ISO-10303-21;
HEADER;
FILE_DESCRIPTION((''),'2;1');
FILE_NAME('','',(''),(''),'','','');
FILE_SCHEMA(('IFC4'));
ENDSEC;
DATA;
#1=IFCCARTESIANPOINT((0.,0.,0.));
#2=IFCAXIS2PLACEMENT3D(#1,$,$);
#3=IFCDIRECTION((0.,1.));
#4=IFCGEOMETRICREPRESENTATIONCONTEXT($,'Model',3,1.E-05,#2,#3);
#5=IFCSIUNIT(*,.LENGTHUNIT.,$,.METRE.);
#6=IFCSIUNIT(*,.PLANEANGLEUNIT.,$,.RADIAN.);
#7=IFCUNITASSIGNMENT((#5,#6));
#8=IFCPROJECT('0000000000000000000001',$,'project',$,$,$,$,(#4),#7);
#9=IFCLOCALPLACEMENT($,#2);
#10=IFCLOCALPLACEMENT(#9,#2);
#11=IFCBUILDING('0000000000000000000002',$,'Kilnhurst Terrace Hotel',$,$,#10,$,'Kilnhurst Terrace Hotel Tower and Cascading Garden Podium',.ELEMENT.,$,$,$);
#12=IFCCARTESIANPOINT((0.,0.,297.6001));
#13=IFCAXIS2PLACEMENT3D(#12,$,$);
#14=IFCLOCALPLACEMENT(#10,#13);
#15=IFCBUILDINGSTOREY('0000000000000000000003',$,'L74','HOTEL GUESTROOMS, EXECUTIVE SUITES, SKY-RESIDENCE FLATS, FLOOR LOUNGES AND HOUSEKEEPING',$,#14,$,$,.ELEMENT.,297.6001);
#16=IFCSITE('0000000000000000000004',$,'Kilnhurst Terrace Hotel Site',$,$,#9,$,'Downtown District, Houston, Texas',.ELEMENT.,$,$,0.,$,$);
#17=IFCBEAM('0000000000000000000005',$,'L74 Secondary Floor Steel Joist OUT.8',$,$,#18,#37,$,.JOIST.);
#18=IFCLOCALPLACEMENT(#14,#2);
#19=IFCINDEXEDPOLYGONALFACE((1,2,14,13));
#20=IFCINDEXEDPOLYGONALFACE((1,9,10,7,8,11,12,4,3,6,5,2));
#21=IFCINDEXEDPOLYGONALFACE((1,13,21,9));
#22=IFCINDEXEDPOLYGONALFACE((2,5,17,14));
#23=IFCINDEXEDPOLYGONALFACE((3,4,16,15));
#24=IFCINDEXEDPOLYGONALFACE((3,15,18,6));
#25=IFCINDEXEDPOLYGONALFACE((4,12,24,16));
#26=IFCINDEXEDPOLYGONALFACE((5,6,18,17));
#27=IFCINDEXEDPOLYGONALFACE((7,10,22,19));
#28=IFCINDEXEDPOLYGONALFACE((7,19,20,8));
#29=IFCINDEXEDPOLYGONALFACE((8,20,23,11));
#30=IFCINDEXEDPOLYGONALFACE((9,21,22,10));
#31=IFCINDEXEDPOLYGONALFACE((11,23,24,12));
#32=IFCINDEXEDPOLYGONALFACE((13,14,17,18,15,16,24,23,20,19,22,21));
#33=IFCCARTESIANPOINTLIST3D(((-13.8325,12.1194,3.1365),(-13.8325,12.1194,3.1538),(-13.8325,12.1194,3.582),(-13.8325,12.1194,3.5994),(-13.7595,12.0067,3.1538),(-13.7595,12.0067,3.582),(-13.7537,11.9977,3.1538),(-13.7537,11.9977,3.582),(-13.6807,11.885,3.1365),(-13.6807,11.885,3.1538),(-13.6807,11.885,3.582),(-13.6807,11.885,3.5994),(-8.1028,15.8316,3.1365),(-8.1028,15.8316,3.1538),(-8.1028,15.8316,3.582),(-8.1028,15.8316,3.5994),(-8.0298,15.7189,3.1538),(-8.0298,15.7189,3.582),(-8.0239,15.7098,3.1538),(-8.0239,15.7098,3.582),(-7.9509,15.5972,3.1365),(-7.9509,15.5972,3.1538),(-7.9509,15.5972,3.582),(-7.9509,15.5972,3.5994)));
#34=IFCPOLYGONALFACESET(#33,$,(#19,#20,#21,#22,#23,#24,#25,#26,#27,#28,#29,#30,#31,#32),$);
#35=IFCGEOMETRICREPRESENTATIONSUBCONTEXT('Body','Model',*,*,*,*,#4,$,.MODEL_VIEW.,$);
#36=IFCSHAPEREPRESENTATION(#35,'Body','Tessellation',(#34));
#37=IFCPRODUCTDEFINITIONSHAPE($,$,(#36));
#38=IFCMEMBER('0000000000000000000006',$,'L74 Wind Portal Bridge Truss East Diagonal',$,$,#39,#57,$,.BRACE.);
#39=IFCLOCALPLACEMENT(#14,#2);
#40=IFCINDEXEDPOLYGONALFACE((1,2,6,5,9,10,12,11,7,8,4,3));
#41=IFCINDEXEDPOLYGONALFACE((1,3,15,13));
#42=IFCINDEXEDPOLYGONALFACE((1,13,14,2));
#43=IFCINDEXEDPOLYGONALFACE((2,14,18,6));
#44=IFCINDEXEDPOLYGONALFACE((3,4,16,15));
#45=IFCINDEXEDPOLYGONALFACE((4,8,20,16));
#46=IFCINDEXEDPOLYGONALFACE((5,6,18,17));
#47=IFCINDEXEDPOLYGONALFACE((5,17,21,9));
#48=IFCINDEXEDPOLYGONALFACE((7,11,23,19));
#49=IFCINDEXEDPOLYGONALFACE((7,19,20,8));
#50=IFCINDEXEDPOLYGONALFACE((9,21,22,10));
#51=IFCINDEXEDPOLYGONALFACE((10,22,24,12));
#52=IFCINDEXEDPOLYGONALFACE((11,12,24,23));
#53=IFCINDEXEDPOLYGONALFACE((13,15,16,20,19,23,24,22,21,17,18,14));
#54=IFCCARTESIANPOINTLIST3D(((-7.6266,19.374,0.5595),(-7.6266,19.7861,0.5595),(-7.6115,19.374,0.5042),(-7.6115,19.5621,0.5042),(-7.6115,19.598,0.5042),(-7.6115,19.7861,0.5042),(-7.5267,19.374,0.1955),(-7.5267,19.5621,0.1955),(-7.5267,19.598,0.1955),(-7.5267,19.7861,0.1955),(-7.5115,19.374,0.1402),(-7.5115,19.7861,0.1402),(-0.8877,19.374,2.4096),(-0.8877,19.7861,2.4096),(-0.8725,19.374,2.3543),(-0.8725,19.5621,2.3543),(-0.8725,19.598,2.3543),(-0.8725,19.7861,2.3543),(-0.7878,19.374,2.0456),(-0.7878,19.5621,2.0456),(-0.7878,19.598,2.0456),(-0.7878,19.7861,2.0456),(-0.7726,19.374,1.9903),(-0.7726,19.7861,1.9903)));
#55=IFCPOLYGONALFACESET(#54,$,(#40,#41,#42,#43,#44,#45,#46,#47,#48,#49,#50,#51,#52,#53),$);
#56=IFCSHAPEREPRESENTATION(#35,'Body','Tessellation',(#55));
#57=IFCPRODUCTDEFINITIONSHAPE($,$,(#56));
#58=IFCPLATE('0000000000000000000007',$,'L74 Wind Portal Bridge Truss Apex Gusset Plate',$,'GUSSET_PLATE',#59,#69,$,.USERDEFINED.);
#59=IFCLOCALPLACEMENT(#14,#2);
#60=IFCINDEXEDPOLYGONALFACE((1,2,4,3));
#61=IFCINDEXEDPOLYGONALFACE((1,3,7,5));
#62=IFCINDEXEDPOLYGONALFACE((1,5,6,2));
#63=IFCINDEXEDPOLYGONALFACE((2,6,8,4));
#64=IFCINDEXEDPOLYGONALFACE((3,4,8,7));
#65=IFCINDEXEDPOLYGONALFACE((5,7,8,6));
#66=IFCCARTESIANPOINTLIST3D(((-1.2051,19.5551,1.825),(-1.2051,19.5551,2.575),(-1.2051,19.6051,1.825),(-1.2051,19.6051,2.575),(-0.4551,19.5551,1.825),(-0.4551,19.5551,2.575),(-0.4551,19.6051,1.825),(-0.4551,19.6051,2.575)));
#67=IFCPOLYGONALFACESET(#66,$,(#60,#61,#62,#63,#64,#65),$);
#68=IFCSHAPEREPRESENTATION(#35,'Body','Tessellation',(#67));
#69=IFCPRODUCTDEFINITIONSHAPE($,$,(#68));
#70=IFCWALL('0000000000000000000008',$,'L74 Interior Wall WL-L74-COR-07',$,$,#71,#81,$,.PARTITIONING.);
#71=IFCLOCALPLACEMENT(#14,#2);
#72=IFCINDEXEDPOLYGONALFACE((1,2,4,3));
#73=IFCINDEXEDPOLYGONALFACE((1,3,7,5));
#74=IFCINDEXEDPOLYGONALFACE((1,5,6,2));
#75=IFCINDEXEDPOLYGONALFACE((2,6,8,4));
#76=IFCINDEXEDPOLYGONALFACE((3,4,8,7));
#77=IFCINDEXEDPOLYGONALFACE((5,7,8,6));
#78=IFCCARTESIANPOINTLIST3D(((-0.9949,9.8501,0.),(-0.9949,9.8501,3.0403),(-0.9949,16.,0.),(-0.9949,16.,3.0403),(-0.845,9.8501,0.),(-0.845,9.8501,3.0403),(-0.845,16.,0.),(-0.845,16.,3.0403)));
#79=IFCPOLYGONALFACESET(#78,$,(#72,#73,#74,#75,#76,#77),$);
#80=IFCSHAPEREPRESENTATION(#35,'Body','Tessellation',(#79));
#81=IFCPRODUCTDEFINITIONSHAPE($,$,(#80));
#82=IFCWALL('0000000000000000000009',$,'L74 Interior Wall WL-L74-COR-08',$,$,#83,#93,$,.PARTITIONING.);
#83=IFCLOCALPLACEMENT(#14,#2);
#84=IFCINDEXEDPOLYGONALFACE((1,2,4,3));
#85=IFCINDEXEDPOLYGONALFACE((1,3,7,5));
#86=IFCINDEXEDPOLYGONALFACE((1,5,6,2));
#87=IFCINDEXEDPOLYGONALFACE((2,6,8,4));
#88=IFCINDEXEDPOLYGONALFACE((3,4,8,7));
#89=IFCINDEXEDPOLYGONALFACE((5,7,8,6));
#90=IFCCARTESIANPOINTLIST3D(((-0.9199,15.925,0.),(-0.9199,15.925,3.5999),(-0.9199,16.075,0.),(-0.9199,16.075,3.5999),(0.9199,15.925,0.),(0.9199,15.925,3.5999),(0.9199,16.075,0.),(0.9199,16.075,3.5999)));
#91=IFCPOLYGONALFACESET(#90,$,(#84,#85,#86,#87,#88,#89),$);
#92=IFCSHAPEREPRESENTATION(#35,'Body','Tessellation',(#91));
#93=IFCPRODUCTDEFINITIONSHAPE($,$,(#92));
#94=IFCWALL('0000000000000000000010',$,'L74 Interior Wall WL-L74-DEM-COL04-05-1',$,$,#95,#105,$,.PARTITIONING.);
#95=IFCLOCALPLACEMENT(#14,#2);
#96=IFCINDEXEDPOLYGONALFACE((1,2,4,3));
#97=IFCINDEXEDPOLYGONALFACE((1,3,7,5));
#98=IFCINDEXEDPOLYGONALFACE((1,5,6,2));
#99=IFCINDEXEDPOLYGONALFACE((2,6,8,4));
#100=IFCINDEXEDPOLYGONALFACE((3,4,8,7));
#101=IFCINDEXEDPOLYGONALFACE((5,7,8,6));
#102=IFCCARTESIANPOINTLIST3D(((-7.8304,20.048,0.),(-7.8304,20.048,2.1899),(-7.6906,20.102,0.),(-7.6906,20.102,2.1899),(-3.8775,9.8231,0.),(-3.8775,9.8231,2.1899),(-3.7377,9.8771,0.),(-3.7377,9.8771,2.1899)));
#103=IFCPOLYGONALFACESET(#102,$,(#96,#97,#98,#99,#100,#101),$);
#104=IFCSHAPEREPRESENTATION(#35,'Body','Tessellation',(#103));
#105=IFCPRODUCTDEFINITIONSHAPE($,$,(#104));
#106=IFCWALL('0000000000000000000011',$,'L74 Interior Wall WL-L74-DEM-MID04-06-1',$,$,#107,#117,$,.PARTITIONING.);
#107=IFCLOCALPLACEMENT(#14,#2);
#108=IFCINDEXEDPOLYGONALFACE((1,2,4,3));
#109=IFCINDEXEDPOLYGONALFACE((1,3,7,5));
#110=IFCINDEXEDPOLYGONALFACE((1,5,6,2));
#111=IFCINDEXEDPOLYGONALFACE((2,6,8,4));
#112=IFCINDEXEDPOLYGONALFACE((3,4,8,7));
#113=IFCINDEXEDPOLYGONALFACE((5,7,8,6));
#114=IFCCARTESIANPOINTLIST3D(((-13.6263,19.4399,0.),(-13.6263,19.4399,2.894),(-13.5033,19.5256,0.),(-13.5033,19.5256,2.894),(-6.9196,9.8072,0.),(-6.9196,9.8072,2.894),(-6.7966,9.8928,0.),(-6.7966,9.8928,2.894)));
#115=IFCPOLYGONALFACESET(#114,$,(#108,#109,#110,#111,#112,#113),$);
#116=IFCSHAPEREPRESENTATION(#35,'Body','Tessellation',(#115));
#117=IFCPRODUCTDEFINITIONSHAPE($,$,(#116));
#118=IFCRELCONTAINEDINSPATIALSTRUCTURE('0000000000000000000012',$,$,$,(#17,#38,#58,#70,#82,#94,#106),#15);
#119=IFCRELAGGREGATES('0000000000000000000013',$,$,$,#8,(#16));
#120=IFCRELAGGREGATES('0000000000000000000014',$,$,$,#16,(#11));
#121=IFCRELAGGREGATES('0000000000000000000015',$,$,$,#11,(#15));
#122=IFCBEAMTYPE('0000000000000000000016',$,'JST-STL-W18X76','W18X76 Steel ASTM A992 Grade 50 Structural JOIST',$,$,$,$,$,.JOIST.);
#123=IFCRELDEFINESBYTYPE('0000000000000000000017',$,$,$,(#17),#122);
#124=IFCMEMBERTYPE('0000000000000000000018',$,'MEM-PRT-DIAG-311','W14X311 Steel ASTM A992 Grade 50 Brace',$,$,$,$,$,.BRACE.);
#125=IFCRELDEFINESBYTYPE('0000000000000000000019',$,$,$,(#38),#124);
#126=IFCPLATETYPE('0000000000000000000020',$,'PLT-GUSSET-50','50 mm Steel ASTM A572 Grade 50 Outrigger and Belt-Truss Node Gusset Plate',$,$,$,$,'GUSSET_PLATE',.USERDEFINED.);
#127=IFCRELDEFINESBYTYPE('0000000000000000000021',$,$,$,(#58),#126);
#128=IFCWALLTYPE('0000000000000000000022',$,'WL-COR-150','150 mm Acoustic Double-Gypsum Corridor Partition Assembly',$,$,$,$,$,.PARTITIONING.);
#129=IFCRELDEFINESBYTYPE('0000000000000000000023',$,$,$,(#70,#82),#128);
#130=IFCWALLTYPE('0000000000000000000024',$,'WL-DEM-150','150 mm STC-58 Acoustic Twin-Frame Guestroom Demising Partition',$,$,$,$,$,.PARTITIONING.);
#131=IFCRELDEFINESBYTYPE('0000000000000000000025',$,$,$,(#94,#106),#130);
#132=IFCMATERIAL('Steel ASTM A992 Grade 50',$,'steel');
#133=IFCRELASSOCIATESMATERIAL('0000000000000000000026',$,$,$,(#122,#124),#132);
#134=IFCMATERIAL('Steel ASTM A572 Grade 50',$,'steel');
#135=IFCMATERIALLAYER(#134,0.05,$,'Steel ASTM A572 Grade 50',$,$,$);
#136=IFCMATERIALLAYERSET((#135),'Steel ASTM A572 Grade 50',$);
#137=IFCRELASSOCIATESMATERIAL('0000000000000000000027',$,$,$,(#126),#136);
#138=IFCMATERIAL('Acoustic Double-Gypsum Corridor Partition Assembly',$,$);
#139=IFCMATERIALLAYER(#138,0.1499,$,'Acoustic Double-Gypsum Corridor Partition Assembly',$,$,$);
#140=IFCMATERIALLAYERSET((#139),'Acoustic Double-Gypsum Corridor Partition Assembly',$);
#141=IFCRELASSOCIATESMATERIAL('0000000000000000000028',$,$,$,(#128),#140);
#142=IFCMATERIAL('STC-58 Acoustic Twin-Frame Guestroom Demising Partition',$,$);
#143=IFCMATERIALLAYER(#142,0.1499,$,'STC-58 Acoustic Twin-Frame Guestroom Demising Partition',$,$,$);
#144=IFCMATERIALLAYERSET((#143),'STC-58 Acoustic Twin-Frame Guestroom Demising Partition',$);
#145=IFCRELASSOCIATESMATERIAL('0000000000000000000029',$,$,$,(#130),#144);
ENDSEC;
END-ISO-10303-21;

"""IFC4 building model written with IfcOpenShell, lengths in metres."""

from ifc_helpers import new_model, si_unit, direction, frame, frame_2d, origin, origin_2d, place, context, subcontext, project, spatial, rectangle, i_section, extrude, material, layer, layer_set, material_profile, profile_set, type_object, element, save


model = new_model("IFC4")

# Units and contexts
model_context = context("Model", 3, precision=1e-05, world=origin(), true_north=direction((0.0, 1.0)))
body_context = subcontext(model_context, "Body", "Model", "MODEL_VIEW")
ifc_project = project(units=[si_unit("LENGTHUNIT", "METRE"), si_unit("PLANEANGLEUNIT", "RADIAN")], contexts=[model_context])

# Site, building, storey
site_placement = place(None, origin())
site = spatial("IfcSite", under=ifc_project, at=site_placement, Name="Kilnhurst Terrace Hotel Site", LongName="Downtown District, Houston, Texas", CompositionType="ELEMENT", RefElevation=0.0)
building_placement = place(site_placement, origin())
building = spatial("IfcBuilding", under=site, at=building_placement, Name="Kilnhurst Terrace Hotel", LongName="Kilnhurst Terrace Hotel Tower and Cascading Garden Podium", CompositionType="ELEMENT")
storey_placement = place(building_placement, frame((0.0, 0.0, 297.6001)))
storey = spatial("IfcBuildingStorey", under=building, at=storey_placement, Name="L74", Description="HOTEL GUESTROOMS, EXECUTIVE SUITES, SKY-RESIDENCE FLATS, FLOOR LOUNGES AND HOUSEKEEPING", CompositionType="ELEMENT", Elevation=297.6001)

# Beam
ifc_material_1 = material(Name="Steel ASTM A992 Grade 50", Category="steel")
ifc_material_profile_1 = material_profile(ifc_material_1, i_section(OverallWidth=0.2793, OverallDepth=0.4629, WebThickness=0.0107, FlangeThickness=0.0173, at=origin_2d()), Name="W18X76")
ifc_profile_set_1 = profile_set([ifc_material_profile_1], Name="Steel ASTM A992 Grade 50")
beam_type_1 = type_object("IfcBeamType", Name="JST-STL-W18X76", Description="W18X76 Steel ASTM A992 Grade 50 Structural JOIST", PredefinedType="JOIST", material=ifc_profile_set_1)
beam_1_placement = place(storey_placement, frame((-8.0269, 15.7144, 3.3679), z_axis=(-0.839257, -0.543735, 0.0), x_axis=(0.543735, -0.839257, 0.0)))
element("IfcBeam", 1, at=beam_1_placement, inside=storey, type_object=beam_type_1, Name="L74 Secondary Floor Steel Joist OUT.8", PredefinedType="JOIST", context=body_context, shape_type="SweptSolid", body=[
    extrude(i_section(OverallWidth=0.2793, OverallDepth=0.4629, WebThickness=0.0107, FlangeThickness=0.0173, at=origin_2d()), origin(), (0.0, 0.0, 1.0), 6.8271),
])

# Member
ifc_material_profile_2 = material_profile(ifc_material_1, i_section(OverallWidth=0.4121, OverallDepth=0.4348, WebThickness=0.0359, FlangeThickness=0.0574, at=origin_2d()), Name="W14X311")
ifc_profile_set_2 = profile_set([ifc_material_profile_2], Name="Steel ASTM A992 Grade 50")
member_type = type_object("IfcMemberType", Name="MEM-PRT-DIAG-311", Description="W14X311 Steel ASTM A992 Grade 50 Brace", PredefinedType="BRACE", material=ifc_profile_set_2)
member_placement = place(storey_placement, frame((-7.5691, 19.5801, 0.3499), z_axis=(0.96432, 0.0, 0.26474), x_axis=(0.0, 1.0, 0.0)))
element("IfcMember", 2, at=member_placement, inside=storey, type_object=member_type, Name="L74 Wind Portal Bridge Truss East Diagonal", PredefinedType="BRACE", context=body_context, shape_type="SweptSolid", body=[
    extrude(i_section(OverallWidth=0.4121, OverallDepth=0.4348, WebThickness=0.0359, FlangeThickness=0.0574, at=origin_2d()), origin(), (0.0, 0.0, 1.0), 6.9883),
])

# Plate
ifc_material_2 = material(Name="Steel ASTM A572 Grade 50", Category="steel")
ifc_layer_1 = layer(ifc_material_2, 0.05, Name="Steel ASTM A572 Grade 50")
ifc_layer_set_1 = layer_set([ifc_layer_1], Name="Steel ASTM A572 Grade 50")
plate_type = type_object("IfcPlateType", Name="PLT-GUSSET-50", Description="50 mm Steel ASTM A572 Grade 50 Outrigger and Belt-Truss Node Gusset Plate", ElementType="GUSSET_PLATE", PredefinedType="USERDEFINED", material=ifc_layer_set_1)
plate_placement = place(storey_placement, frame((-0.8301, 19.5801, 1.825), z_axis=(0.0, 0.0, 1.0), x_axis=(1.0, 0.0, 0.0)))
element("IfcPlate", 3, at=plate_placement, inside=storey, type_object=plate_type, Name="L74 Wind Portal Bridge Truss Apex Gusset Plate", ObjectType="GUSSET_PLATE", PredefinedType="USERDEFINED", context=body_context, shape_type="SweptSolid", body=[
    extrude(rectangle(XDim=0.75, YDim=0.05, at=origin_2d()), origin(), (0.0, 0.0, 1.0), 0.75),
])

# Walls
ifc_material_3 = material(Name="Acoustic Double-Gypsum Corridor Partition Assembly")
ifc_layer_2 = layer(ifc_material_3, 0.1499, Name="Acoustic Double-Gypsum Corridor Partition Assembly")
ifc_layer_set_2 = layer_set([ifc_layer_2], Name="Acoustic Double-Gypsum Corridor Partition Assembly")
wall_type_1 = type_object("IfcWallType", Name="WL-COR-150", Description="150 mm Acoustic Double-Gypsum Corridor Partition Assembly", PredefinedType="PARTITIONING", material=ifc_layer_set_2)
wall_1_placement = place(storey_placement, frame((-0.9199, 9.8501, 0.0), z_axis=(0.0, 0.0, 1.0), x_axis=(0.0, 1.0, 0.0)))
element("IfcWall", 4, at=wall_1_placement, inside=storey, type_object=wall_type_1, Name="L74 Interior Wall WL-L74-COR-07", PredefinedType="PARTITIONING", context=body_context, shape_type="SweptSolid", body=[
    extrude(rectangle(XDim=6.1499, YDim=0.1499, at=frame_2d((3.075, 0.0))), origin(), (0.0, 0.0, 1.0), 3.0403),
])
wall_2_placement = place(storey_placement, frame((-0.9199, 16.0, 0.0), z_axis=(0.0, 0.0, 1.0), x_axis=(1.0, 0.0, 0.0)))
element("IfcWall", 5, at=wall_2_placement, inside=storey, type_object=wall_type_1, Name="L74 Interior Wall WL-L74-COR-08", PredefinedType="PARTITIONING", context=body_context, shape_type="SweptSolid", body=[
    extrude(rectangle(XDim=1.8398, YDim=0.1499, at=frame_2d((0.9199, 0.0))), origin(), (0.0, 0.0, 1.0), 3.5999),
])
ifc_material_4 = material(Name="STC-58 Acoustic Twin-Frame Guestroom Demising Partition")
ifc_layer_3 = layer(ifc_material_4, 0.1499, Name="STC-58 Acoustic Twin-Frame Guestroom Demising Partition")
ifc_layer_set_3 = layer_set([ifc_layer_3], Name="STC-58 Acoustic Twin-Frame Guestroom Demising Partition")
wall_type_2 = type_object("IfcWallType", Name="WL-DEM-150", Description="150 mm STC-58 Acoustic Twin-Frame Guestroom Demising Partition", PredefinedType="PARTITIONING", material=ifc_layer_set_3)
wall_3_placement = place(storey_placement, frame((-3.8076, 9.8501, 0.0), z_axis=(0.0, 0.0, 1.0), x_axis=(-0.360587, 0.932725, 0.0)))
element("IfcWall", 6, at=wall_3_placement, inside=storey, type_object=wall_type_2, Name="L74 Interior Wall WL-L74-DEM-COL04-05-1", PredefinedType="PARTITIONING", context=body_context, shape_type="SweptSolid", body=[
    extrude(rectangle(XDim=10.9624, YDim=0.1499, at=frame_2d((5.4812, 0.0))), origin(), (0.0, 0.0, 1.0), 2.1899),
])
wall_4_placement = place(storey_placement, frame((-6.8582, 9.8501, 0.0), z_axis=(0.0, 0.0, 1.0), x_axis=(-0.571392, 0.820677, 0.0)))
element("IfcWall", 7, at=wall_4_placement, inside=storey, type_object=wall_type_2, Name="L74 Interior Wall WL-L74-DEM-MID04-06-1", PredefinedType="PARTITIONING", context=body_context, shape_type="SweptSolid", body=[
    extrude(rectangle(XDim=11.7375, YDim=0.1499, at=frame_2d((5.8687, 0.0))), origin(), (0.0, 0.0, 1.0), 2.894),
])

save(model, "model.ifc")
